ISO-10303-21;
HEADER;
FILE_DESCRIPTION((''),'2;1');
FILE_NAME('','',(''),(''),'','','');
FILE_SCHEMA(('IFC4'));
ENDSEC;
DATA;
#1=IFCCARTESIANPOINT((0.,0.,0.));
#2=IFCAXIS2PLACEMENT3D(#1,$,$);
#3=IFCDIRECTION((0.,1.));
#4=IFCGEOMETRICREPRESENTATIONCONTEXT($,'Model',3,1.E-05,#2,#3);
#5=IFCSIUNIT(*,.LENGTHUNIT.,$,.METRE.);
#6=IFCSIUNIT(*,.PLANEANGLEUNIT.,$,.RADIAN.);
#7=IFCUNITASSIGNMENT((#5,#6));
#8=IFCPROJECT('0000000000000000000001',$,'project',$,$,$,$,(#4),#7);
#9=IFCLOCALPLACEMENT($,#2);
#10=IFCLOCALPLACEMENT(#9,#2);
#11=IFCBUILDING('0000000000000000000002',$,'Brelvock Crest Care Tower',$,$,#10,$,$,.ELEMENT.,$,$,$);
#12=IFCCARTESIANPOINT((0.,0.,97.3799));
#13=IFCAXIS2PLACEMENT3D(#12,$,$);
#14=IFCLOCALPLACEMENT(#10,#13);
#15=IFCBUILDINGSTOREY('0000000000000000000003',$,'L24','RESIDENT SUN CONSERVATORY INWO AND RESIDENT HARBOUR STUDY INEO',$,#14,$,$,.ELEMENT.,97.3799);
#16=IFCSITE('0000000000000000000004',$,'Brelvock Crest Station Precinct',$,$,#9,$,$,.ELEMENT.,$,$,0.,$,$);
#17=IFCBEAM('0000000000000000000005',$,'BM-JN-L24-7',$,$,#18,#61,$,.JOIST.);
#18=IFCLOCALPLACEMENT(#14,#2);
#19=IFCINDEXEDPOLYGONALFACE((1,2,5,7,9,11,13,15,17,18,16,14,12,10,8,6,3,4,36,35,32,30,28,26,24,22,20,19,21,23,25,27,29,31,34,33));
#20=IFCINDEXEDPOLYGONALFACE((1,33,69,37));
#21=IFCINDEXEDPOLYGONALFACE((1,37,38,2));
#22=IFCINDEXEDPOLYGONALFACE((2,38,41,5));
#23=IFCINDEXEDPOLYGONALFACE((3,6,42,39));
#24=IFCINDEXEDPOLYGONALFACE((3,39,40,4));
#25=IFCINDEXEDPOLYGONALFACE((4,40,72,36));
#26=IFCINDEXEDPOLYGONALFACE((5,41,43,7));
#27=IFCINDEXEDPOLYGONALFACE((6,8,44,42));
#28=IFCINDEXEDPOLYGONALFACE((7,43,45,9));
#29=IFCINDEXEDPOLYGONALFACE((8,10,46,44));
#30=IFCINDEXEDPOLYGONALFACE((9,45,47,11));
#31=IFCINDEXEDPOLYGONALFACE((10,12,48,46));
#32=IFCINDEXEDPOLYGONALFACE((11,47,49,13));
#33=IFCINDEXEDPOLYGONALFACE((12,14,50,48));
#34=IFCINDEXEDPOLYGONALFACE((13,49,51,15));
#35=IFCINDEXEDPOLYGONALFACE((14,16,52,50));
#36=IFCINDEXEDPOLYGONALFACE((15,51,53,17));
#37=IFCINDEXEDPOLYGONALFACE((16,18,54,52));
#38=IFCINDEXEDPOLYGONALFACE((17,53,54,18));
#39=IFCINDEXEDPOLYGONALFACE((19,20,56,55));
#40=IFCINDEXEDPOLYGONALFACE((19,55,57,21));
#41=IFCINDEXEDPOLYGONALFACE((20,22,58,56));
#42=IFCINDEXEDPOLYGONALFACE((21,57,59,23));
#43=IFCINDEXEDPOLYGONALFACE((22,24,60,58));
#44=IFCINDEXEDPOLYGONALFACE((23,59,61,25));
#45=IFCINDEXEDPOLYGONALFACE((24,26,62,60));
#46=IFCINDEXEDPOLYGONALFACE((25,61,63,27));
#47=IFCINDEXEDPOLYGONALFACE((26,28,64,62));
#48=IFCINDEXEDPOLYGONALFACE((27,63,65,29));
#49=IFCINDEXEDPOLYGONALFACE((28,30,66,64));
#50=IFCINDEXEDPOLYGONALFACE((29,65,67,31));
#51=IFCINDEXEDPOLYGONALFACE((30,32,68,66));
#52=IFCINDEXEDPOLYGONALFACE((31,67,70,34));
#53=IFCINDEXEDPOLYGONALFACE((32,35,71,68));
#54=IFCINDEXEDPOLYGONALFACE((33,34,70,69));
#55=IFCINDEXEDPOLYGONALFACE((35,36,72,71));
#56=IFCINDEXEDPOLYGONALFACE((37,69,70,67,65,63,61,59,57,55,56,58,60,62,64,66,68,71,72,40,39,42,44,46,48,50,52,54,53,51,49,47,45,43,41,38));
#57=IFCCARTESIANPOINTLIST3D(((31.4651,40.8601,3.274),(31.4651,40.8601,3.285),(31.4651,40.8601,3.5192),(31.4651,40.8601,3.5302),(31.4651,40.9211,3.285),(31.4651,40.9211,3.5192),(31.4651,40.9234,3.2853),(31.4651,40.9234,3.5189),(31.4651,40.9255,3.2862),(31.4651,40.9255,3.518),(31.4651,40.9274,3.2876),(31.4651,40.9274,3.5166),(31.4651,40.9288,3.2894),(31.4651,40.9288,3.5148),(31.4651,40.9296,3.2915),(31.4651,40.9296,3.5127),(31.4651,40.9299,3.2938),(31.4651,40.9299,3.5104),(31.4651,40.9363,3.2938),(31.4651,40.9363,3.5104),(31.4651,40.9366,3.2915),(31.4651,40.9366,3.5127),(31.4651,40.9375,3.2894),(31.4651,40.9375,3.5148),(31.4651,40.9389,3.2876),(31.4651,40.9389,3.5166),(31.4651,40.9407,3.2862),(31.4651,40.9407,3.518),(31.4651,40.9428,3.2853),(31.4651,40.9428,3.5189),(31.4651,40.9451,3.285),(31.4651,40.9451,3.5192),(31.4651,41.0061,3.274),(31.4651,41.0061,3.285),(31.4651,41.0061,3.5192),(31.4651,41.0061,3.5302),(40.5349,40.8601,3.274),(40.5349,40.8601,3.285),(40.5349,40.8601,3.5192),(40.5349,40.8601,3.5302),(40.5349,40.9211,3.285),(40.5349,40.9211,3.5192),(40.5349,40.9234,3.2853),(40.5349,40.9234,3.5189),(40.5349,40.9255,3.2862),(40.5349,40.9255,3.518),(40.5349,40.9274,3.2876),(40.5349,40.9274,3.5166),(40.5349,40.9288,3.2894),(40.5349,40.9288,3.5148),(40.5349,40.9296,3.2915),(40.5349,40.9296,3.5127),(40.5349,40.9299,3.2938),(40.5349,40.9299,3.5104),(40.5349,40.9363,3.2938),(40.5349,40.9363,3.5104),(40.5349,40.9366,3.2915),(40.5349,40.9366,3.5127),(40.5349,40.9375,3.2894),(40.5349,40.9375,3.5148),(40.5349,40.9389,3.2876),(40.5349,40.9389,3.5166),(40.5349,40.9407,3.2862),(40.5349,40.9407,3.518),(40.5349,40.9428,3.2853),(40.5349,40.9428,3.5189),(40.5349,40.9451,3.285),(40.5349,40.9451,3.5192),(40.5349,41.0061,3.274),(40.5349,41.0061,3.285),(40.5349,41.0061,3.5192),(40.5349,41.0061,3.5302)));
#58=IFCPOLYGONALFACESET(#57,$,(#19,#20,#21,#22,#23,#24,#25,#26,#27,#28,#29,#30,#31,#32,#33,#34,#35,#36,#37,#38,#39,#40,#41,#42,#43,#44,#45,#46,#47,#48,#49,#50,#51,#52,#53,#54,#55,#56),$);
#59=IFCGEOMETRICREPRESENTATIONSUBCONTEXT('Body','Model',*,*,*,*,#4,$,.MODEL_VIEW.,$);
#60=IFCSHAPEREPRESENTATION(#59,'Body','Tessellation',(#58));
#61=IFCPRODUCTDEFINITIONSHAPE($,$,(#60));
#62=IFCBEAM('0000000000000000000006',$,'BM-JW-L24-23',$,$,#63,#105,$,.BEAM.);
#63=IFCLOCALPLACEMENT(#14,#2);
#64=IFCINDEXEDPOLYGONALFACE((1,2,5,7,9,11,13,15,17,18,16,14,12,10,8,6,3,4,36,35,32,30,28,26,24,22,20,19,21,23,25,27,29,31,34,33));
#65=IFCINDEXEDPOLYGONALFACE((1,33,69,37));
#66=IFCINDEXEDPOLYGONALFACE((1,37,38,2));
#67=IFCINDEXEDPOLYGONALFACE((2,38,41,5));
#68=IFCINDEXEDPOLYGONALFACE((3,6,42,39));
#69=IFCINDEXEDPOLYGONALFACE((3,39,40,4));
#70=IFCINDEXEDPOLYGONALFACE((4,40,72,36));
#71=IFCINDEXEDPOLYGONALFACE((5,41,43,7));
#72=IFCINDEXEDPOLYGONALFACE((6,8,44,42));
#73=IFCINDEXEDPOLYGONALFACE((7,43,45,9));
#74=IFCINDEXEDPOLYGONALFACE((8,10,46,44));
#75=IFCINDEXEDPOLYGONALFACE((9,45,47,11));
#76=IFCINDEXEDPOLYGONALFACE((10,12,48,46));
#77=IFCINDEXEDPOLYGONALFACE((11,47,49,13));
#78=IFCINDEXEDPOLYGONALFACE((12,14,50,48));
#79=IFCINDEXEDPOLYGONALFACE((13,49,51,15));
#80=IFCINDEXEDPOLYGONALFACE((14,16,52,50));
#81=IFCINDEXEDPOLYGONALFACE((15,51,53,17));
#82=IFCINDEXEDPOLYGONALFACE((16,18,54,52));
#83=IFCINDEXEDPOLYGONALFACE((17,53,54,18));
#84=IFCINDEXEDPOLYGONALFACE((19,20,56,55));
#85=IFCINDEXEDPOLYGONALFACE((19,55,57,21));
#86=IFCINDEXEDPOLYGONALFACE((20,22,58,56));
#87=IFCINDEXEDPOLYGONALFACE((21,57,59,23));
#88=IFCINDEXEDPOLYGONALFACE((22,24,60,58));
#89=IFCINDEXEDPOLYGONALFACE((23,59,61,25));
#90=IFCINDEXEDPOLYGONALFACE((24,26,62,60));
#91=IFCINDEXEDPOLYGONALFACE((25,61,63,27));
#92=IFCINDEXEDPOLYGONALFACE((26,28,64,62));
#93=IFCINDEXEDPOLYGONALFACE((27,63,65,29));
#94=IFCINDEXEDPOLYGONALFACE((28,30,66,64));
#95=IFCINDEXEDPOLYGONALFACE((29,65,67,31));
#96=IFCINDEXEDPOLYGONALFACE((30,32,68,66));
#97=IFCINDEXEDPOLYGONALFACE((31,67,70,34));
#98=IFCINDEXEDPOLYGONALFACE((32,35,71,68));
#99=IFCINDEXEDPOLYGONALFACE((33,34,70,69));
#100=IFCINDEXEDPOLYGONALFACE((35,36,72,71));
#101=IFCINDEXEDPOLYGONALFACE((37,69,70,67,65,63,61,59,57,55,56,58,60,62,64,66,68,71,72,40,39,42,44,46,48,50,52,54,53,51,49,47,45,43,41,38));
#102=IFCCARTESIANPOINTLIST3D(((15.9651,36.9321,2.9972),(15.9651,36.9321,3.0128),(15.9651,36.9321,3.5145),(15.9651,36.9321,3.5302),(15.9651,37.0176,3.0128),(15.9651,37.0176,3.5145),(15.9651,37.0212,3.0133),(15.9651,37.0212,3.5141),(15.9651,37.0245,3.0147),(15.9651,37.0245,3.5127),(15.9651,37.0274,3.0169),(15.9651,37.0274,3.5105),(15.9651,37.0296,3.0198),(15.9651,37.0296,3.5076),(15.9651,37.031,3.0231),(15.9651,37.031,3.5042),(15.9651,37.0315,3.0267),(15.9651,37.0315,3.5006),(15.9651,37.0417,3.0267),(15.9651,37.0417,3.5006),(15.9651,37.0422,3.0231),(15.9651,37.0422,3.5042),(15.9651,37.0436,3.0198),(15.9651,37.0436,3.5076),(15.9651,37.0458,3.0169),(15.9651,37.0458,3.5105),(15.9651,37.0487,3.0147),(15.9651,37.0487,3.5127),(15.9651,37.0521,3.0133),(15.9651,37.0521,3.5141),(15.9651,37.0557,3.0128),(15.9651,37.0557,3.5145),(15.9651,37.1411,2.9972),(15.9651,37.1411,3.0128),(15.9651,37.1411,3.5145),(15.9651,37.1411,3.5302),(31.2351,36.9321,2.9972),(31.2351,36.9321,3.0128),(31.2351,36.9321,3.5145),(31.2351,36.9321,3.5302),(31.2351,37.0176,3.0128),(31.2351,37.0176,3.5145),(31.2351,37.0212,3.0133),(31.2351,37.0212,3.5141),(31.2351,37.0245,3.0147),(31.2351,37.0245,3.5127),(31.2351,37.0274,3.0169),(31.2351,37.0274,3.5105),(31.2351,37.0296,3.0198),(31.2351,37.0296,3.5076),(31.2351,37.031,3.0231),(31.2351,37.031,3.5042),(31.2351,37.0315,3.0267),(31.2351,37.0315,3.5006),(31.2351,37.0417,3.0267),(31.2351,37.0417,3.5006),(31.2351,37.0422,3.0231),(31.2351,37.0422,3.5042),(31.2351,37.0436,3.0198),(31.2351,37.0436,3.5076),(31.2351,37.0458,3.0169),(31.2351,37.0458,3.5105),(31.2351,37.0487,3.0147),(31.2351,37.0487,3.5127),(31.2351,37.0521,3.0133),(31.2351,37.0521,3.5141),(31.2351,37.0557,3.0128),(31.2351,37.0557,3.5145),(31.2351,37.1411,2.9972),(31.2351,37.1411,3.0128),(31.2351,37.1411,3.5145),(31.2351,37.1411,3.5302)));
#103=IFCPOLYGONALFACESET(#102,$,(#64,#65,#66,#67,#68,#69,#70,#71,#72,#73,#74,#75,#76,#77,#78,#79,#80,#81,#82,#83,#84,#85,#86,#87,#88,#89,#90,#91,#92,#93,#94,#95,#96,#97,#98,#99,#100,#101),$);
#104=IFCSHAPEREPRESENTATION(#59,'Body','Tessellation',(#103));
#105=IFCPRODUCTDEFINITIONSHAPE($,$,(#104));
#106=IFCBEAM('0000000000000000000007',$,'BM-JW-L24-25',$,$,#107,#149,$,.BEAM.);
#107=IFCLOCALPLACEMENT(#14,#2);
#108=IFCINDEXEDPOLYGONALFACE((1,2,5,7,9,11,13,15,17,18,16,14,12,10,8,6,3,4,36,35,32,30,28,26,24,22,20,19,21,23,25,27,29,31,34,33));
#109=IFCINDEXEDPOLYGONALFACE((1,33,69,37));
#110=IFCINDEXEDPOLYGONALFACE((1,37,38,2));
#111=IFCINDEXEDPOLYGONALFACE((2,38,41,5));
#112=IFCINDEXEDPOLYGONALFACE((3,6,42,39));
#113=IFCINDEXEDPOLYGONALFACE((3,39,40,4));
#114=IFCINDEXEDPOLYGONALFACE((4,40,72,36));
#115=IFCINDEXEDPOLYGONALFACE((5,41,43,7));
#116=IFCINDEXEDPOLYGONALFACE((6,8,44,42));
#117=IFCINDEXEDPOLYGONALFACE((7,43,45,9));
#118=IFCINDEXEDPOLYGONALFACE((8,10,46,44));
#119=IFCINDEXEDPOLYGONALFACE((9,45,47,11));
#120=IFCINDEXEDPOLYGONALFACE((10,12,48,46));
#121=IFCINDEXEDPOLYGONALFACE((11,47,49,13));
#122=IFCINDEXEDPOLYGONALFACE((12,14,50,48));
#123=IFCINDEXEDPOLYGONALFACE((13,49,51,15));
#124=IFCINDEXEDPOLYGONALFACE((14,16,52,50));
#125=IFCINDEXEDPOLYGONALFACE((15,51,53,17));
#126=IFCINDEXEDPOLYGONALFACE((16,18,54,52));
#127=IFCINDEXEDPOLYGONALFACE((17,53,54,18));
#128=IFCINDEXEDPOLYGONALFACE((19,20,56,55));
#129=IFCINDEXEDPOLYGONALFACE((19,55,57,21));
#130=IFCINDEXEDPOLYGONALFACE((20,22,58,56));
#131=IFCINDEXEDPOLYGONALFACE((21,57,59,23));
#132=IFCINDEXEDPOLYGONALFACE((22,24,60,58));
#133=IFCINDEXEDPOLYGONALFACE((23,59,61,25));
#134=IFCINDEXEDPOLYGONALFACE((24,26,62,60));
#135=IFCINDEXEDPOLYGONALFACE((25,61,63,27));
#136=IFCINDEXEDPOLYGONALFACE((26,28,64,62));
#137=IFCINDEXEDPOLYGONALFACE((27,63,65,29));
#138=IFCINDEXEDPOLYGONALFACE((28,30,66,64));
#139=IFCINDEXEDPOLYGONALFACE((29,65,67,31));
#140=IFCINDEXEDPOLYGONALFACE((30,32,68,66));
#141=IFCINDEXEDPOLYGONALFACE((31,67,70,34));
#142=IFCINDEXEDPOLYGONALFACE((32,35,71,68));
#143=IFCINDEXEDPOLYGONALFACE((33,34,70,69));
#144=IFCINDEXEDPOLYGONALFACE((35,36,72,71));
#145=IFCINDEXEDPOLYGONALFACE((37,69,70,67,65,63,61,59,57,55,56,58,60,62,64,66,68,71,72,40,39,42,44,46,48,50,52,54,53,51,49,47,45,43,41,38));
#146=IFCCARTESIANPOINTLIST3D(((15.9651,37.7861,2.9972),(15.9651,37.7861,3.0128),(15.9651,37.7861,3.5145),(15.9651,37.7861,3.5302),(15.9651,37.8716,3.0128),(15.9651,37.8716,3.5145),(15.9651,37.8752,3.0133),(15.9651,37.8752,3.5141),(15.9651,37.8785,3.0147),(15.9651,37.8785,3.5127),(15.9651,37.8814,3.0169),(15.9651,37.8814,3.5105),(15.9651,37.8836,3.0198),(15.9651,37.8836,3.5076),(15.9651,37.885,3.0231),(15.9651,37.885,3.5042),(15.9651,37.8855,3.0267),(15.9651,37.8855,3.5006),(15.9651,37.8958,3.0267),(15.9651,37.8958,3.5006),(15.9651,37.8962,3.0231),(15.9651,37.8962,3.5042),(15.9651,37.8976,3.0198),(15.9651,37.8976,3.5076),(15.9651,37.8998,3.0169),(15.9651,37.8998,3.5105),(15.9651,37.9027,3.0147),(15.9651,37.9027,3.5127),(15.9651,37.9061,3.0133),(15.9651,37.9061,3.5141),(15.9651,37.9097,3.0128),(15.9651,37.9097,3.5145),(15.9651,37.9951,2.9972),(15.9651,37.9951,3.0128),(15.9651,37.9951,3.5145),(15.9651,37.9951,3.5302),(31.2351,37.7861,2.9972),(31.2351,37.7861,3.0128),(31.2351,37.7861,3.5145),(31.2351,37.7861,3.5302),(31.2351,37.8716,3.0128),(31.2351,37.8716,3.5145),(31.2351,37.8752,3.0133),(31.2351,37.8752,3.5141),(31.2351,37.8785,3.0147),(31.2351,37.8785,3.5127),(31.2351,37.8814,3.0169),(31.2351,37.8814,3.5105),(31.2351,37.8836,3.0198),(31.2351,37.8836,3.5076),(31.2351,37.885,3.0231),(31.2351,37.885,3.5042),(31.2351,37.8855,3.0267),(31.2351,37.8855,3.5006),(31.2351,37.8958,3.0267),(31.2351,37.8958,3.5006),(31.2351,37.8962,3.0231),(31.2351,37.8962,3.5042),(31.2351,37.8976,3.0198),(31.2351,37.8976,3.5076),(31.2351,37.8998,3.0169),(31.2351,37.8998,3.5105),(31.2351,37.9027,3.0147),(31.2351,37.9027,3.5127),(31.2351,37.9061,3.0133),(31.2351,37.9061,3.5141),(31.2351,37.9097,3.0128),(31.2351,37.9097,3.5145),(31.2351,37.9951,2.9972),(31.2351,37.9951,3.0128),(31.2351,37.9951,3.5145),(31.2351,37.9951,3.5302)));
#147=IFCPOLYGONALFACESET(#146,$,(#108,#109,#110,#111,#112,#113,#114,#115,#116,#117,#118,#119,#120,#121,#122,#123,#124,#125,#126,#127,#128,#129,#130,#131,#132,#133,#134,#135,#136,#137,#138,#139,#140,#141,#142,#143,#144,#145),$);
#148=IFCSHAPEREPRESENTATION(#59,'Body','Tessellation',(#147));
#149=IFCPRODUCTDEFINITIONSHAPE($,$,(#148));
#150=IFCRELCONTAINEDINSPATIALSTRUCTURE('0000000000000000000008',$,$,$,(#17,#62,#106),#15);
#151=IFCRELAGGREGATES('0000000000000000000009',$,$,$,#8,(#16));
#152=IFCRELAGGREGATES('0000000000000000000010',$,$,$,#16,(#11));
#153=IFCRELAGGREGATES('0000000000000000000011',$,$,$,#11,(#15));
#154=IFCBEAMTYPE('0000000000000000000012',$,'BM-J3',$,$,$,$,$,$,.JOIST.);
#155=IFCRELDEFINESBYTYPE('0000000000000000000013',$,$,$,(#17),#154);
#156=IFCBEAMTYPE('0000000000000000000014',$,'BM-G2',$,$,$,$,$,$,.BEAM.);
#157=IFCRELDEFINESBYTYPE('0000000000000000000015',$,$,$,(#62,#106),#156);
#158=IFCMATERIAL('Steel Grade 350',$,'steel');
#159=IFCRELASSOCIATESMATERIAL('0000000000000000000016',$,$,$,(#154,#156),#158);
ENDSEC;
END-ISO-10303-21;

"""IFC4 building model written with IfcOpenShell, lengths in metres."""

from ifc_helpers import new_model, si_unit, direction, frame, origin, origin_2d, place, context, subcontext, project, spatial, i_section, extrude, source, transform, mapped, material, material_profile, profile_set, type_object, element, save


model = new_model("IFC4")

# Units and contexts
model_context = context("Model", 3, precision=1e-05, world=origin(), true_north=direction((0.0, 1.0)))
body_context = subcontext(model_context, "Body", "Model", "MODEL_VIEW")
ifc_project = project(units=[si_unit("LENGTHUNIT", "METRE"), si_unit("PLANEANGLEUNIT", "RADIAN")], contexts=[model_context])

# Site, building, storey
site_placement = place(None, origin())
site = spatial("IfcSite", under=ifc_project, at=site_placement, Name="Brelvock Crest Station Precinct", CompositionType="ELEMENT", RefElevation=0.0)
building_placement = place(site_placement, origin())
building = spatial("IfcBuilding", under=site, at=building_placement, Name="Brelvock Crest Care Tower", CompositionType="ELEMENT")
storey_placement = place(building_placement, frame((0.0, 0.0, 97.3799)))
storey = spatial("IfcBuildingStorey", under=building, at=storey_placement, Name="L24", Description="RESIDENT SUN CONSERVATORY INWO AND RESIDENT HARBOUR STUDY INEO", CompositionType="ELEMENT", Elevation=97.3799)

# Beams
ifc_material_1 = material(Name="Steel Grade 350", Category="steel")
ifc_material_profile_1 = material_profile(ifc_material_1, i_section(OverallWidth=0.146, OverallDepth=0.2561, WebThickness=0.0063, FlangeThickness=0.011, FilletRadius=0.0088, at=origin_2d()), Name="250UB37.3")
ifc_profile_set_1 = profile_set([ifc_material_profile_1], Name="Steel Grade 350")
beam_type_1 = type_object("IfcBeamType", Name="BM-J3", PredefinedType="JOIST", material=ifc_profile_set_1)
shared_shape_1 = source(origin(), body_context, "Body", "SweptSolid", [
    extrude(i_section(OverallWidth=0.146, OverallDepth=0.2561, WebThickness=0.0063, FlangeThickness=0.011, FilletRadius=0.0088, at=origin_2d()), origin(), (0.0, 0.0, 1.0), 9.0698),
])
for number, where, z_axis, x_axis, name in (
    (1, (31.4651, 40.9331, 3.4021), (1.0, 0.0, 0.0), (0.0, 1.0, 0.0), "BM-JN-L24-7"),
):
    element("IfcBeam", number, at=place(storey_placement, frame(where, z_axis=z_axis, x_axis=x_axis)), inside=storey, type_object=beam_type_1, Name=name, PredefinedType="JOIST", context=body_context, shape_type="MappedRepresentation", body=[
        mapped(shared_shape_1, transform((0.0, 0.0, 0.0), x_axis=(1.0, 0.0, 0.0), y_axis=(0.0, 1.0, 0.0), z_axis=(0.0, 0.0, 1.0), scale=1.0)),
    ])
ifc_material_profile_2 = material_profile(ifc_material_1, i_section(OverallWidth=0.209, OverallDepth=0.533, WebThickness=0.0103, FlangeThickness=0.0156, FilletRadius=0.0139, at=origin_2d()), Name="530UB92.4")
ifc_profile_set_2 = profile_set([ifc_material_profile_2], Name="Steel Grade 350")
beam_type_2 = type_object("IfcBeamType", Name="BM-G2", PredefinedType="BEAM", material=ifc_profile_set_2)
shared_shape_2 = source(origin(), body_context, "Body", "SweptSolid", [
    extrude(i_section(OverallWidth=0.209, OverallDepth=0.533, WebThickness=0.0103, FlangeThickness=0.0156, FilletRadius=0.0139, at=origin_2d()), origin(), (0.0, 0.0, 1.0), 15.27),
])
for number, where, z_axis, x_axis, name in (
    (2, (15.9651, 37.0366, 3.2637), (1.0, 0.0, 0.0), (0.0, 1.0, 0.0), "BM-JW-L24-23"),
    (3, (15.9651, 37.8906, 3.2637), (1.0, 0.0, 0.0), (0.0, 1.0, 0.0), "BM-JW-L24-25"),
):
    element("IfcBeam", number, at=place(storey_placement, frame(where, z_axis=z_axis, x_axis=x_axis)), inside=storey, type_object=beam_type_2, Name=name, PredefinedType="BEAM", context=body_context, shape_type="MappedRepresentation", body=[
        mapped(shared_shape_2, transform((0.0, 0.0, 0.0), x_axis=(1.0, 0.0, 0.0), y_axis=(0.0, 1.0, 0.0), z_axis=(0.0, 0.0, 1.0), scale=1.0)),
    ])

save(model, "model.ifc")
